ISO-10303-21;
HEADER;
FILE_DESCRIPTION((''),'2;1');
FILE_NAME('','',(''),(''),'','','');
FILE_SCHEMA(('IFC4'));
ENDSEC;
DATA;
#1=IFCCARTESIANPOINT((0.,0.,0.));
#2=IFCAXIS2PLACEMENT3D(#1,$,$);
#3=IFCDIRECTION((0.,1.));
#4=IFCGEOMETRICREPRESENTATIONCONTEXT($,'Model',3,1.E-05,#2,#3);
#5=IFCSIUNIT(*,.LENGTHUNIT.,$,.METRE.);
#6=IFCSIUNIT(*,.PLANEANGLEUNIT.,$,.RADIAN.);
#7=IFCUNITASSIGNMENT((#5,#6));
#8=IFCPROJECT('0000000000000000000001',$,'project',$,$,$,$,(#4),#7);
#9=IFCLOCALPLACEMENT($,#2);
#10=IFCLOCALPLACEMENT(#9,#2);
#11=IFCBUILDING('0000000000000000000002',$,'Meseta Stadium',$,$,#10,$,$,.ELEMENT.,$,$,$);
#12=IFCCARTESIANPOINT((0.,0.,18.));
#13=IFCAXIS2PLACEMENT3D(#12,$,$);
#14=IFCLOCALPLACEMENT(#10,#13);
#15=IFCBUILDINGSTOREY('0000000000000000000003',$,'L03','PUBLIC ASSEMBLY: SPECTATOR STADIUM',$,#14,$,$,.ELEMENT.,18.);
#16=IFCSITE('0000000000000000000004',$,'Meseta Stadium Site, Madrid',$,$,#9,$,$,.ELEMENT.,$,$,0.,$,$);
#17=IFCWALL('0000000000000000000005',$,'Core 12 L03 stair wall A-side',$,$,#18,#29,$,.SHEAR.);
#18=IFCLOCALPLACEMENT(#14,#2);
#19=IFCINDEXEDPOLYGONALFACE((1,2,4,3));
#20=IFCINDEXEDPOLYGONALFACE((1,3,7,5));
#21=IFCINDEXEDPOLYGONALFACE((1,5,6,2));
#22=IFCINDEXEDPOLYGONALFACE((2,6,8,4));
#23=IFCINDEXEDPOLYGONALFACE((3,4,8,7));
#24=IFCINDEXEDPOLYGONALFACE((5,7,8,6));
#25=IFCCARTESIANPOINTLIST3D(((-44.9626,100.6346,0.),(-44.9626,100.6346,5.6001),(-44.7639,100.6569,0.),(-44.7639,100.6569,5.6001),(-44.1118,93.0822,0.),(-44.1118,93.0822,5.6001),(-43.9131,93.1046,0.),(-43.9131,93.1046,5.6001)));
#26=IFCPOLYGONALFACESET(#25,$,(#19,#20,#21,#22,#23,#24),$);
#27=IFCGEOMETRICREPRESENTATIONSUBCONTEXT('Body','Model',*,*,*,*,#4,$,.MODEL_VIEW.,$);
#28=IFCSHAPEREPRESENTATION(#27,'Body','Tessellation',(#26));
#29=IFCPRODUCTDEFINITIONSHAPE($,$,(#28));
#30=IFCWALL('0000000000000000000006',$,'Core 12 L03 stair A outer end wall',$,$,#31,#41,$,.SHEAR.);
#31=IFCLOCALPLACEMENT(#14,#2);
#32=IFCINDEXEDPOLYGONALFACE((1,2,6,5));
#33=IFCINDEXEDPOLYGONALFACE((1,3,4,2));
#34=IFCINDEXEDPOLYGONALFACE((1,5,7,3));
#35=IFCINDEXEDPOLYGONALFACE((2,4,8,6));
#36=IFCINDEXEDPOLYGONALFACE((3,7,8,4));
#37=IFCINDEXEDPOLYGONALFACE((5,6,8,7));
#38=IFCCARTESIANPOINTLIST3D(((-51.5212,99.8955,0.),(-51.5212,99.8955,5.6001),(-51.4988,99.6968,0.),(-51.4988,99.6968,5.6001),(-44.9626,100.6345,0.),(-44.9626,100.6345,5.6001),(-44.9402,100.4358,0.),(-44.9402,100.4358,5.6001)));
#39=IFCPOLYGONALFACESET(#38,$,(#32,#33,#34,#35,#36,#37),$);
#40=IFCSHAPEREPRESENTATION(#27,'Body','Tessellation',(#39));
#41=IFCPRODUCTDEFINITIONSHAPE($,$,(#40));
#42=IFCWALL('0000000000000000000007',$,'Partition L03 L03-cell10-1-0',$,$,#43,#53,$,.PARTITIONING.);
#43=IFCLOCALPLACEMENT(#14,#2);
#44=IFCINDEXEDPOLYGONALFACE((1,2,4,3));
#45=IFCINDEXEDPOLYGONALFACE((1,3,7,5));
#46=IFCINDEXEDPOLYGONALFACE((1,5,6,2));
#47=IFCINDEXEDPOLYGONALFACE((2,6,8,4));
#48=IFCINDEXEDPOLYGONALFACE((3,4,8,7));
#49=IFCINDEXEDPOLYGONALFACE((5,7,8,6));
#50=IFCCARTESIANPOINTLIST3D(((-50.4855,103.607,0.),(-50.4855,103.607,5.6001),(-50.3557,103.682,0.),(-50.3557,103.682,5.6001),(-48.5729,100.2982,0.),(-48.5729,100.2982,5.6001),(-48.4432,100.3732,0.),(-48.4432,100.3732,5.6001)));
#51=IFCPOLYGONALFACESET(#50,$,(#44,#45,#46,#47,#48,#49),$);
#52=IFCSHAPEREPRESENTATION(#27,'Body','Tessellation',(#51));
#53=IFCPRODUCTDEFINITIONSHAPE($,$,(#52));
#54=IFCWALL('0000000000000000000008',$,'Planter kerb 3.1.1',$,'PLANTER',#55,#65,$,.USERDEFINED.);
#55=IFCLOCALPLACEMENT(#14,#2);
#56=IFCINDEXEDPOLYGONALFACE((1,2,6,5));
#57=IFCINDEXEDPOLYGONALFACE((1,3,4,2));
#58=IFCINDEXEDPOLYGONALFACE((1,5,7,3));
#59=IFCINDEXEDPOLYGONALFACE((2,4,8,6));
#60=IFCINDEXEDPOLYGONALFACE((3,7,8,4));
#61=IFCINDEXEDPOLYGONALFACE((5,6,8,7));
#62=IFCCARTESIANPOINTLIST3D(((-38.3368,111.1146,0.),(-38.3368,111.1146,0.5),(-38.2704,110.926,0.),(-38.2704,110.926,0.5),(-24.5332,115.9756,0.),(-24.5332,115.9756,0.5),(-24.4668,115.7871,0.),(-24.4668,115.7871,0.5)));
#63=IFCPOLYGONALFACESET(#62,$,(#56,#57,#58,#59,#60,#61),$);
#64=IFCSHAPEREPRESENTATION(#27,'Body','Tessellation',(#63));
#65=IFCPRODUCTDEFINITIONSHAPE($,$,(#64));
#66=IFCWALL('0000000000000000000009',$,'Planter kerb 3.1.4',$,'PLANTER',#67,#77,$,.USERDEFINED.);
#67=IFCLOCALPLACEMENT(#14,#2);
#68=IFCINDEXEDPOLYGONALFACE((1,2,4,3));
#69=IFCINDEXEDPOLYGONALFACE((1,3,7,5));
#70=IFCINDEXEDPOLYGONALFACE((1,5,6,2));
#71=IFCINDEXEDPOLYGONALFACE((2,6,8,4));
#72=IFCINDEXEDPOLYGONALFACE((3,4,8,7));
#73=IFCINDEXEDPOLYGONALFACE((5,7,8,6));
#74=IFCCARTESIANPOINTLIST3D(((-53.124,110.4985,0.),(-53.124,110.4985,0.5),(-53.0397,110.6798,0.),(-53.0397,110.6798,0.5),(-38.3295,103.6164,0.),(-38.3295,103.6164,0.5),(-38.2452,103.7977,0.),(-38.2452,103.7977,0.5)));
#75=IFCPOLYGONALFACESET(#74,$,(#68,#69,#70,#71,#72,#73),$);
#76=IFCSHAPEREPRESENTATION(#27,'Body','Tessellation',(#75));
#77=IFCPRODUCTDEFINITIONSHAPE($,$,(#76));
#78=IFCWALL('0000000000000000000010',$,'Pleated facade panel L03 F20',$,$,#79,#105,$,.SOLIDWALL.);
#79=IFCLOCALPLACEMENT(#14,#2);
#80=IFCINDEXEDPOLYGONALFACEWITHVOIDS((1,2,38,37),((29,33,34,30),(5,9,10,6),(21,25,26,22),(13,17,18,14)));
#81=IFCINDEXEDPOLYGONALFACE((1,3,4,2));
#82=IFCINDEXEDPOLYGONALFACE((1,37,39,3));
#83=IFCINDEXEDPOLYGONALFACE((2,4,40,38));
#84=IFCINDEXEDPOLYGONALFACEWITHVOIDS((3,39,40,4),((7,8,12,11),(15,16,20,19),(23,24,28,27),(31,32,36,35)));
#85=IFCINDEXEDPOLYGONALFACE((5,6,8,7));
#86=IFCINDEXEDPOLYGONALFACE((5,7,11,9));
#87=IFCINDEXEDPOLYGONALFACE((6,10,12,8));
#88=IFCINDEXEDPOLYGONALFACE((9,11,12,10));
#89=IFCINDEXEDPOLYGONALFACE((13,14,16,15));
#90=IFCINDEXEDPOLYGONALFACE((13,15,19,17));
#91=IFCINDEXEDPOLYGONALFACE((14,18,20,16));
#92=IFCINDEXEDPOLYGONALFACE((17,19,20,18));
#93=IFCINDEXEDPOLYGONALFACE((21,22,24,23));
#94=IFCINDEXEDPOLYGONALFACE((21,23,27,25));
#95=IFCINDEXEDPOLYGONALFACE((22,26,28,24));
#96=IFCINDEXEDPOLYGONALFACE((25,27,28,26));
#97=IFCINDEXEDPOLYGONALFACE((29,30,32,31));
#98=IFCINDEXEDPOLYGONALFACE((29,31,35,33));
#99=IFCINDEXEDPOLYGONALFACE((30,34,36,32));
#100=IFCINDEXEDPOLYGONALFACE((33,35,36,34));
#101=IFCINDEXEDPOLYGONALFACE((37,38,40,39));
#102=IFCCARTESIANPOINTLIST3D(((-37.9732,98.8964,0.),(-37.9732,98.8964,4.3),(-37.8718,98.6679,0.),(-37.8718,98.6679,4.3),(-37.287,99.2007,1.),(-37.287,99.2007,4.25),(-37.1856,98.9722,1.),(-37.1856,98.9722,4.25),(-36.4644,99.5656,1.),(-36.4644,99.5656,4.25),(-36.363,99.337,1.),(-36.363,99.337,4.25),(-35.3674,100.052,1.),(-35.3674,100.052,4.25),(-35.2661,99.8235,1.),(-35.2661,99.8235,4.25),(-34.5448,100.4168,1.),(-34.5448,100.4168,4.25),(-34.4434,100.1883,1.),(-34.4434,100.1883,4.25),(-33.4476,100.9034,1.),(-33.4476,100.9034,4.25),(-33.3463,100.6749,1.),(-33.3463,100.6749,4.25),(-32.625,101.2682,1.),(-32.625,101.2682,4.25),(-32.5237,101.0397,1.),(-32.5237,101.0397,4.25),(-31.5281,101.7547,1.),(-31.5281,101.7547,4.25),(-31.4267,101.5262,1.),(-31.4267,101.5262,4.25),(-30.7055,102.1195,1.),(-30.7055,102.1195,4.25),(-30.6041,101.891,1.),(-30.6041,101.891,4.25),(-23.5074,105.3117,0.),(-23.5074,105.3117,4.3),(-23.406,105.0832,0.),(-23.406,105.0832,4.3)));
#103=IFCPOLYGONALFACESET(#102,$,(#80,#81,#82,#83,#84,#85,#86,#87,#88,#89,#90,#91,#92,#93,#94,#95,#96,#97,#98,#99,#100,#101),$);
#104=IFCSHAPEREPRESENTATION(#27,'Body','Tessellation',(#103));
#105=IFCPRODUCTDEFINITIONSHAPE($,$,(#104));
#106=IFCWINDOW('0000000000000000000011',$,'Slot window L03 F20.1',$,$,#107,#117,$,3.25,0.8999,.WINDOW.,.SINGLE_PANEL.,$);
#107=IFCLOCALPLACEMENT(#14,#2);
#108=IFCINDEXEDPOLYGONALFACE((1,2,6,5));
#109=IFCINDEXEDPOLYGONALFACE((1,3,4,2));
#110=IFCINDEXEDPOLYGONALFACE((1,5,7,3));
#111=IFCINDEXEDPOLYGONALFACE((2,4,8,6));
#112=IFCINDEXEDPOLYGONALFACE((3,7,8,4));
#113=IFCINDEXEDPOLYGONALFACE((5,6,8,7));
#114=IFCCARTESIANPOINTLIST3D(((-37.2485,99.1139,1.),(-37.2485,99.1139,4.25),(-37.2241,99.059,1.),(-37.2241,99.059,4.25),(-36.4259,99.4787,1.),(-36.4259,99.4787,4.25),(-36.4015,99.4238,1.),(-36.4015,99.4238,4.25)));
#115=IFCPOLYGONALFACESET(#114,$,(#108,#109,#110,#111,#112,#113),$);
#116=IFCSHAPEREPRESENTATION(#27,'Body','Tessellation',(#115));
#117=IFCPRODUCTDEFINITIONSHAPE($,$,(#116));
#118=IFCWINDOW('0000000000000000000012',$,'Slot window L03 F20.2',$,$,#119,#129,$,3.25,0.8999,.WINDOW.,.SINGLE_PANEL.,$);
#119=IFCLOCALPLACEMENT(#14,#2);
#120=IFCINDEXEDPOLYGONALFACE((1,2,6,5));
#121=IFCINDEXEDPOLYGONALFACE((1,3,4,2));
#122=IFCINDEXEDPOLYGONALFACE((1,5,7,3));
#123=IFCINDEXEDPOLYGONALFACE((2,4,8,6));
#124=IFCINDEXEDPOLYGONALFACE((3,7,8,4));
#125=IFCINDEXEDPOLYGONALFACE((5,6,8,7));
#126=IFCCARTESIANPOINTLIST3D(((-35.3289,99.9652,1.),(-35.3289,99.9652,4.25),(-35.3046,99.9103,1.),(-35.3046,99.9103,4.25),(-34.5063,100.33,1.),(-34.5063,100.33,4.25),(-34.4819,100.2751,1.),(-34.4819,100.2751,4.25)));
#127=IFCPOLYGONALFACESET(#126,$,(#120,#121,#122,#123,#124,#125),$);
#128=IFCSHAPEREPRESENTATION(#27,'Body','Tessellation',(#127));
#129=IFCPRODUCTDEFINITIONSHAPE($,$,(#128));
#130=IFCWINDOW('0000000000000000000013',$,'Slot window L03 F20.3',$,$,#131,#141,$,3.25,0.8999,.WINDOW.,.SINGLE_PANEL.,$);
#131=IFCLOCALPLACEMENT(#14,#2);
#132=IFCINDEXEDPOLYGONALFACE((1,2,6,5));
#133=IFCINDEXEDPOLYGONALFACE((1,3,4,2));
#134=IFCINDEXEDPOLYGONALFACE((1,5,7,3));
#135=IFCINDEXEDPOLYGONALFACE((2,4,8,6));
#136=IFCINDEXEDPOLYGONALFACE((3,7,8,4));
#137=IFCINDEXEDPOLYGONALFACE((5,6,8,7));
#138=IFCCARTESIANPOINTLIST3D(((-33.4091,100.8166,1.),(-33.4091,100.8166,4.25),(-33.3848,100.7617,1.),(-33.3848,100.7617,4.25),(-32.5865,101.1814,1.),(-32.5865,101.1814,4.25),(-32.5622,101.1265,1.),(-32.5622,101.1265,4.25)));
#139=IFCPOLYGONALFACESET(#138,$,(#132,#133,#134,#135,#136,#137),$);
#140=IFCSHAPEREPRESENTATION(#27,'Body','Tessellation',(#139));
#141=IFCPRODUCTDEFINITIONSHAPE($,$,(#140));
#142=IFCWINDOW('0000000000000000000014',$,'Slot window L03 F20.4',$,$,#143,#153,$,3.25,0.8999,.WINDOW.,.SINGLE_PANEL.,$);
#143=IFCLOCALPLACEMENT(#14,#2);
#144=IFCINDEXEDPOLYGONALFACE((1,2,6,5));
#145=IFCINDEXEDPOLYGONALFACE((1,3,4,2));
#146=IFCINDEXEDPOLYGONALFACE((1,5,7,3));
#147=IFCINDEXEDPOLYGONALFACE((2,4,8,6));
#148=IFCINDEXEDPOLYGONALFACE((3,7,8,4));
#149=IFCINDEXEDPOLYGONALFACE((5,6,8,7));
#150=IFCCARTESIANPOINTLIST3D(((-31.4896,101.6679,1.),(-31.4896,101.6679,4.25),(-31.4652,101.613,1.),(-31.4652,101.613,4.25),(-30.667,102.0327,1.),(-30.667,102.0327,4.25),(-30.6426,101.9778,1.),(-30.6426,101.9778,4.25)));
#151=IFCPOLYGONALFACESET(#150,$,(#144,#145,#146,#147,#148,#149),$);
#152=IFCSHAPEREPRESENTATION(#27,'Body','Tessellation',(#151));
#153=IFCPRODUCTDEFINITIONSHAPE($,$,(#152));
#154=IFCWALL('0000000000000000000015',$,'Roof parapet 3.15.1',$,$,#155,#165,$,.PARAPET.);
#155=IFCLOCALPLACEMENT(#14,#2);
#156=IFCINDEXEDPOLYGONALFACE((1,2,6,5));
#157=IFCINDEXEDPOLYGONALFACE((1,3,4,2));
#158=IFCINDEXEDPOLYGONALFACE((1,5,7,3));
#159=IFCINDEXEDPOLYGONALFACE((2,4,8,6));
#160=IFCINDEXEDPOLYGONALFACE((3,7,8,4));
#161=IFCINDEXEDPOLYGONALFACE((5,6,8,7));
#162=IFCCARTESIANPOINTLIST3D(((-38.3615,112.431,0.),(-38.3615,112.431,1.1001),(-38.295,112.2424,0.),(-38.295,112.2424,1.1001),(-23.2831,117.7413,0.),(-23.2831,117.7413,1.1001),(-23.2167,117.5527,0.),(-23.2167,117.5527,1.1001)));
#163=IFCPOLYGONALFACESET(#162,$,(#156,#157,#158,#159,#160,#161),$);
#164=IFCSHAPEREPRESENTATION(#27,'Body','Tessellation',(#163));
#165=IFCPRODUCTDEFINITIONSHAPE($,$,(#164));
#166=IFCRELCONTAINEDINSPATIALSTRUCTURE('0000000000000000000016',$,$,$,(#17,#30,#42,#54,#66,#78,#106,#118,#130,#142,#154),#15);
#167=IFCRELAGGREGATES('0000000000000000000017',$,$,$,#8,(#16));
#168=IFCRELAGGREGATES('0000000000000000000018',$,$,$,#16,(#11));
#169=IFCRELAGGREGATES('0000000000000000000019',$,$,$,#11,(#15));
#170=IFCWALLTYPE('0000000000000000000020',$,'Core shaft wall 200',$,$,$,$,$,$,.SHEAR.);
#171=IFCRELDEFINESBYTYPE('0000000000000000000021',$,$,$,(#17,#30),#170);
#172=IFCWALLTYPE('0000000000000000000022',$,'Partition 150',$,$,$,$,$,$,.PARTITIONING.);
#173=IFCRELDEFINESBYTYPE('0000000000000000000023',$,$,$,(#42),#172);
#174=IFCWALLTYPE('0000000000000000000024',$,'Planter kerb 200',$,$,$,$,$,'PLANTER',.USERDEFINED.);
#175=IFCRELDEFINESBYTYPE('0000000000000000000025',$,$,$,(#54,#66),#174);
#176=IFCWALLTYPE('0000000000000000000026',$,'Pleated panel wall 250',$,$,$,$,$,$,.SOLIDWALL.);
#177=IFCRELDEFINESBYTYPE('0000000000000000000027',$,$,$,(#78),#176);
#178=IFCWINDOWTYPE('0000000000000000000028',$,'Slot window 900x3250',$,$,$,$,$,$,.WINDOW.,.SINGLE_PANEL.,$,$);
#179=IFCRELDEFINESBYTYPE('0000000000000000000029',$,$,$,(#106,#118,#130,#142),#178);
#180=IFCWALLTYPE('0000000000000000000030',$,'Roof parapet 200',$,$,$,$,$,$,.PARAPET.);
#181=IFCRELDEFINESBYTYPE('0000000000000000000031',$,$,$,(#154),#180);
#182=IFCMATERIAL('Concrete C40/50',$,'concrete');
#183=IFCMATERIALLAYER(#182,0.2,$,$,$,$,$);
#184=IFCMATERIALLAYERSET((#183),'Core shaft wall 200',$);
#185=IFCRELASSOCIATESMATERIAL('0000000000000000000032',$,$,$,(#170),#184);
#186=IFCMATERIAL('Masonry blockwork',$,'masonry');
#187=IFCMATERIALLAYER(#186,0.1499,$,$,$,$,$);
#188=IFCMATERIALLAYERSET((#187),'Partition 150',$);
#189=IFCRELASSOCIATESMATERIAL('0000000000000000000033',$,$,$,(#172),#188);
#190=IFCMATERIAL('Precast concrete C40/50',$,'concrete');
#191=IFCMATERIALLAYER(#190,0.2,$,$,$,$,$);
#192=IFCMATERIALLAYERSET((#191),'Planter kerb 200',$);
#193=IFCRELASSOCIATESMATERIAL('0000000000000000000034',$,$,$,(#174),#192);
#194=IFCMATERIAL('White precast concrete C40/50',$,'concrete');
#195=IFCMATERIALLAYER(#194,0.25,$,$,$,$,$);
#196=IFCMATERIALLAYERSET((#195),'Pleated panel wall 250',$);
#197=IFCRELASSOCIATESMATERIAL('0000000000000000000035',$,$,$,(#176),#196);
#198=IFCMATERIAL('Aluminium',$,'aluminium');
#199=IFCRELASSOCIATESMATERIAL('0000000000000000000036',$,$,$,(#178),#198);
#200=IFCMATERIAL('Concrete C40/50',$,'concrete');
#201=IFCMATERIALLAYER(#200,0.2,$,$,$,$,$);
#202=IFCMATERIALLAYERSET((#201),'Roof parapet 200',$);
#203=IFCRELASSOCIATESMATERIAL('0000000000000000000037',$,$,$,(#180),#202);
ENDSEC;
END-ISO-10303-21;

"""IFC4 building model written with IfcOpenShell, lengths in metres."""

from ifc_helpers import new_model, si_unit, direction, frame, frame_2d, origin, place, context, subcontext, project, spatial, rectangle, extrude, material, layer, layer_set, type_object, element, fill, save


model = new_model("IFC4")

# Units and contexts
model_context = context("Model", 3, precision=1e-05, world=origin(), true_north=direction((0.0, 1.0)))
body_context = subcontext(model_context, "Body", "Model", "MODEL_VIEW")
ifc_project = project(units=[si_unit("LENGTHUNIT", "METRE"), si_unit("PLANEANGLEUNIT", "RADIAN")], contexts=[model_context])

# Site, building, storey
site_placement = place(None, origin())
site = spatial("IfcSite", under=ifc_project, at=site_placement, Name="Meseta Stadium Site, Madrid", CompositionType="ELEMENT", RefElevation=0.0)
building_placement = place(site_placement, origin())
building = spatial("IfcBuilding", under=site, at=building_placement, Name="Meseta Stadium", CompositionType="ELEMENT")
storey_placement = place(building_placement, frame((0.0, 0.0, 18.0)))
storey = spatial("IfcBuildingStorey", under=building, at=storey_placement, Name="L03", Description="PUBLIC ASSEMBLY: SPECTATOR STADIUM", CompositionType="ELEMENT", Elevation=18.0)

# Walls
ifc_material_1 = material(Name="Concrete C40/50", Category="concrete")
ifc_layer_1 = layer(ifc_material_1, 0.2)
ifc_layer_set_1 = layer_set([ifc_layer_1], Name="Core shaft wall 200")
wall_type_1 = type_object("IfcWallType", Name="Core shaft wall 200", PredefinedType="SHEAR", material=ifc_layer_set_1)
wall_1_placement = place(storey_placement, frame((-44.8633, 100.6458, 0.0), z_axis=(0.0, 0.0, 1.0), x_axis=(0.111951, -0.993714, 0.0)))
element("IfcWall", 1, at=wall_1_placement, inside=storey, type_object=wall_type_1, Name="Core 12 L03 stair wall A-side", PredefinedType="SHEAR", context=body_context, shape_type="SweptSolid", body=[
    extrude(rectangle(XDim=7.6001, YDim=0.2, at=frame_2d((3.8, 0.0))), origin(), (0.0, 0.0, 1.0), 5.6001),
])
wall_2_placement = place(storey_placement, frame((-44.9514, 100.5352, 0.0), z_axis=(0.0, 0.0, 1.0), x_axis=(-0.993712, -0.11197, 0.0)))
element("IfcWall", 2, at=wall_2_placement, inside=storey, type_object=wall_type_1, Name="Core 12 L03 stair A outer end wall", PredefinedType="SHEAR", context=body_context, shape_type="SweptSolid", body=[
    extrude(rectangle(XDim=6.6001, YDim=0.2, at=frame_2d((3.3, 0.0))), origin(), (0.0, 0.0, 1.0), 5.6001),
])
ifc_material_2 = material(Name="Masonry blockwork", Category="masonry")
ifc_layer_2 = layer(ifc_material_2, 0.1499)
ifc_layer_set_2 = layer_set([ifc_layer_2], Name="Partition 150")
wall_type_2 = type_object("IfcWallType", Name="Partition 150", PredefinedType="PARTITIONING", material=ifc_layer_set_2)
wall_3_placement = place(storey_placement, frame((-48.5081, 100.3357, 0.0), z_axis=(0.0, 0.0, 1.0), x_axis=(-0.500439, 0.865772, 0.0)))
element("IfcWall", 3, at=wall_3_placement, inside=storey, type_object=wall_type_2, Name="Partition L03 L03-cell10-1-0", PredefinedType="PARTITIONING", context=body_context, shape_type="SweptSolid", body=[
    extrude(rectangle(XDim=3.8218, YDim=0.1499, at=frame_2d((1.9109, 0.0))), origin(), (0.0, 0.0, 1.0), 5.6001),
])
ifc_material_3 = material(Name="Precast concrete C40/50", Category="concrete")
ifc_layer_3 = layer(ifc_material_3, 0.2)
ifc_layer_set_3 = layer_set([ifc_layer_3], Name="Planter kerb 200")
wall_type_3 = type_object("IfcWallType", Name="Planter kerb 200", ElementType="PLANTER", PredefinedType="USERDEFINED", material=ifc_layer_set_3)
wall_4_placement = place(storey_placement, frame((-38.3037, 111.0203, 0.0), z_axis=(0.0, 0.0, 1.0), x_axis=(0.943222, 0.332163, 0.0)))
element("IfcWall", 4, at=wall_4_placement, inside=storey, type_object=wall_type_3, Name="Planter kerb 3.1.1", ObjectType="PLANTER", PredefinedType="USERDEFINED", context=body_context, shape_type="SweptSolid", body=[
    extrude(rectangle(XDim=14.6345, YDim=0.2, at=frame_2d((7.3174, 0.0))), origin(), (0.0, 0.0, 1.0), 0.5),
])
wall_5_placement = place(storey_placement, frame((-38.2874, 103.707, 0.0), z_axis=(0.0, 0.0, 1.0), x_axis=(-0.906699, 0.421779, 0.0)))
element("IfcWall", 5, at=wall_5_placement, inside=storey, type_object=wall_type_3, Name="Planter kerb 3.1.4", ObjectType="PLANTER", PredefinedType="USERDEFINED", context=body_context, shape_type="SweptSolid", body=[
    extrude(rectangle(XDim=16.3169, YDim=0.2, at=frame_2d((8.1584, 0.0))), origin(), (0.0, 0.0, 1.0), 0.5),
])

# Wall, openings, windows
ifc_material_4 = material(Name="White precast concrete C40/50", Category="concrete")
ifc_layer_4 = layer(ifc_material_4, 0.25)
ifc_layer_set_4 = layer_set([ifc_layer_4], Name="Pleated panel wall 250")
wall_type_4 = type_object("IfcWallType", Name="Pleated panel wall 250", PredefinedType="SOLIDWALL", material=ifc_layer_set_4)
wall_6_placement = place(storey_placement, frame((-37.9224, 98.7822, 0.0), z_axis=(0.0, 0.0, 1.0), x_axis=(0.914139, 0.405401, 0.0)))
wall_6 = element("IfcWall", 6, at=wall_6_placement, inside=storey, type_object=wall_type_4, Name="Pleated facade panel L03 F20", PredefinedType="SOLIDWALL", context=body_context, shape_type="SweptSolid", body=[
    extrude(rectangle(XDim=15.8245, YDim=0.25, at=frame_2d((7.9121, 0.0))), origin(), (0.0, 0.0, 1.0), 4.3),
])
opening_1_placement = place(wall_6_placement, frame((0.7505, 0.0, 1.0)))
opening_1 = element("IfcOpeningElement", 7, at=opening_1_placement, cuts=wall_6, PredefinedType="OPENING", context=body_context, shape_type="SweptSolid", body=[
    extrude(rectangle(XDim=0.8999, YDim=3.25, at=frame_2d((0.45, 1.625))), frame((0.0, 0.135, 0.0), z_axis=(0.0, -1.0, 0.0), x_axis=(1.0, 0.0, 0.0)), (0.0, 0.0, 1.0), 0.27),
])
opening_2_placement = place(wall_6_placement, frame((2.8503, 0.0, 1.0)))
opening_2 = element("IfcOpeningElement", 8, at=opening_2_placement, cuts=wall_6, PredefinedType="OPENING", context=body_context, shape_type="SweptSolid", body=[
    extrude(rectangle(XDim=0.8999, YDim=3.25, at=frame_2d((0.45, 1.625))), frame((0.0, 0.135, 0.0), z_axis=(0.0, -1.0, 0.0), x_axis=(1.0, 0.0, 0.0)), (0.0, 0.0, 1.0), 0.27),
])
opening_3_placement = place(wall_6_placement, frame((4.9504, 0.0, 1.0)))
opening_3 = element("IfcOpeningElement", 9, at=opening_3_placement, cuts=wall_6, PredefinedType="OPENING", context=body_context, shape_type="SweptSolid", body=[
    extrude(rectangle(XDim=0.8999, YDim=3.25, at=frame_2d((0.45, 1.625))), frame((0.0, 0.135, 0.0), z_axis=(0.0, -1.0, 0.0), x_axis=(1.0, 0.0, 0.0)), (0.0, 0.0, 1.0), 0.27),
])
opening_4_placement = place(wall_6_placement, frame((7.0503, 0.0, 1.0)))
opening_4 = element("IfcOpeningElement", 10, at=opening_4_placement, cuts=wall_6, PredefinedType="OPENING", context=body_context, shape_type="SweptSolid", body=[
    extrude(rectangle(XDim=0.8999, YDim=3.25, at=frame_2d((0.45, 1.625))), frame((0.0, 0.135, 0.0), z_axis=(0.0, -1.0, 0.0), x_axis=(1.0, 0.0, 0.0)), (0.0, 0.0, 1.0), 0.27),
])
ifc_material_5 = material(Name="Aluminium", Category="aluminium")
window_type = type_object("IfcWindowType", Name="Slot window 900x3250", PartitioningType="SINGLE_PANEL", PredefinedType="WINDOW", material=ifc_material_5)
window_1_placement = place(opening_1_placement, origin())
window_1 = element("IfcWindow", 11, at=window_1_placement, inside=storey, type_object=window_type, Name="Slot window L03 F20.1", OverallHeight=3.25, OverallWidth=0.8999, PartitioningType="SINGLE_PANEL", PredefinedType="WINDOW", context=body_context, shape_type="SweptSolid", body=[
    extrude(rectangle(XDim=0.8999, YDim=3.25, at=frame_2d((0.45, 1.625))), frame((0.0, 0.03, 0.0), z_axis=(0.0, -1.0, 0.0), x_axis=(1.0, 0.0, 0.0)), (0.0, 0.0, 1.0), 0.0601),
])
fill(opening_1, window_1)
window_2_placement = place(opening_2_placement, origin())
window_2 = element("IfcWindow", 12, at=window_2_placement, inside=storey, type_object=window_type, Name="Slot window L03 F20.2", OverallHeight=3.25, OverallWidth=0.8999, PartitioningType="SINGLE_PANEL", PredefinedType="WINDOW", context=body_context, shape_type="SweptSolid", body=[
    extrude(rectangle(XDim=0.8999, YDim=3.25, at=frame_2d((0.45, 1.625))), frame((0.0, 0.03, 0.0), z_axis=(0.0, -1.0, 0.0), x_axis=(1.0, 0.0, 0.0)), (0.0, 0.0, 1.0), 0.0601),
])
fill(opening_2, window_2)
window_3_placement = place(opening_3_placement, origin())
window_3 = element("IfcWindow", 13, at=window_3_placement, inside=storey, type_object=window_type, Name="Slot window L03 F20.3", OverallHeight=3.25, OverallWidth=0.8999, PartitioningType="SINGLE_PANEL", PredefinedType="WINDOW", context=body_context, shape_type="SweptSolid", body=[
    extrude(rectangle(XDim=0.8999, YDim=3.25, at=frame_2d((0.45, 1.625))), frame((0.0, 0.03, 0.0), z_axis=(0.0, -1.0, 0.0), x_axis=(1.0, 0.0, 0.0)), (0.0, 0.0, 1.0), 0.0601),
])
fill(opening_3, window_3)
window_4_placement = place(opening_4_placement, origin())
window_4 = element("IfcWindow", 14, at=window_4_placement, inside=storey, type_object=window_type, Name="Slot window L03 F20.4", OverallHeight=3.25, OverallWidth=0.8999, PartitioningType="SINGLE_PANEL", PredefinedType="WINDOW", context=body_context, shape_type="SweptSolid", body=[
    extrude(rectangle(XDim=0.8999, YDim=3.25, at=frame_2d((0.45, 1.625))), frame((0.0, 0.03, 0.0), z_axis=(0.0, -1.0, 0.0), x_axis=(1.0, 0.0, 0.0)), (0.0, 0.0, 1.0), 0.0601),
])
fill(opening_4, window_4)

# Wall
ifc_material_6 = material(Name="Concrete C40/50", Category="concrete")
ifc_layer_5 = layer(ifc_material_6, 0.2)
ifc_layer_set_5 = layer_set([ifc_layer_5], Name="Roof parapet 200")
wall_type_5 = type_object("IfcWallType", Name="Roof parapet 200", PredefinedType="PARAPET", material=ifc_layer_set_5)
wall_7_placement = place(storey_placement, frame((-38.3284, 112.3367, 0.0), z_axis=(0.0, 0.0, 1.0), x_axis=(0.943215, 0.332182, 0.0)))
element("IfcWall", 15, at=wall_7_placement, inside=storey, type_object=wall_type_5, Name="Roof parapet 3.15.1", PredefinedType="PARAPET", context=body_context, shape_type="SweptSolid", body=[
    extrude(rectangle(XDim=15.9861, YDim=0.2, at=frame_2d((7.9932, 0.0))), origin(), (0.0, 0.0, 1.0), 1.1001),
])

save(model, "model.ifc")
